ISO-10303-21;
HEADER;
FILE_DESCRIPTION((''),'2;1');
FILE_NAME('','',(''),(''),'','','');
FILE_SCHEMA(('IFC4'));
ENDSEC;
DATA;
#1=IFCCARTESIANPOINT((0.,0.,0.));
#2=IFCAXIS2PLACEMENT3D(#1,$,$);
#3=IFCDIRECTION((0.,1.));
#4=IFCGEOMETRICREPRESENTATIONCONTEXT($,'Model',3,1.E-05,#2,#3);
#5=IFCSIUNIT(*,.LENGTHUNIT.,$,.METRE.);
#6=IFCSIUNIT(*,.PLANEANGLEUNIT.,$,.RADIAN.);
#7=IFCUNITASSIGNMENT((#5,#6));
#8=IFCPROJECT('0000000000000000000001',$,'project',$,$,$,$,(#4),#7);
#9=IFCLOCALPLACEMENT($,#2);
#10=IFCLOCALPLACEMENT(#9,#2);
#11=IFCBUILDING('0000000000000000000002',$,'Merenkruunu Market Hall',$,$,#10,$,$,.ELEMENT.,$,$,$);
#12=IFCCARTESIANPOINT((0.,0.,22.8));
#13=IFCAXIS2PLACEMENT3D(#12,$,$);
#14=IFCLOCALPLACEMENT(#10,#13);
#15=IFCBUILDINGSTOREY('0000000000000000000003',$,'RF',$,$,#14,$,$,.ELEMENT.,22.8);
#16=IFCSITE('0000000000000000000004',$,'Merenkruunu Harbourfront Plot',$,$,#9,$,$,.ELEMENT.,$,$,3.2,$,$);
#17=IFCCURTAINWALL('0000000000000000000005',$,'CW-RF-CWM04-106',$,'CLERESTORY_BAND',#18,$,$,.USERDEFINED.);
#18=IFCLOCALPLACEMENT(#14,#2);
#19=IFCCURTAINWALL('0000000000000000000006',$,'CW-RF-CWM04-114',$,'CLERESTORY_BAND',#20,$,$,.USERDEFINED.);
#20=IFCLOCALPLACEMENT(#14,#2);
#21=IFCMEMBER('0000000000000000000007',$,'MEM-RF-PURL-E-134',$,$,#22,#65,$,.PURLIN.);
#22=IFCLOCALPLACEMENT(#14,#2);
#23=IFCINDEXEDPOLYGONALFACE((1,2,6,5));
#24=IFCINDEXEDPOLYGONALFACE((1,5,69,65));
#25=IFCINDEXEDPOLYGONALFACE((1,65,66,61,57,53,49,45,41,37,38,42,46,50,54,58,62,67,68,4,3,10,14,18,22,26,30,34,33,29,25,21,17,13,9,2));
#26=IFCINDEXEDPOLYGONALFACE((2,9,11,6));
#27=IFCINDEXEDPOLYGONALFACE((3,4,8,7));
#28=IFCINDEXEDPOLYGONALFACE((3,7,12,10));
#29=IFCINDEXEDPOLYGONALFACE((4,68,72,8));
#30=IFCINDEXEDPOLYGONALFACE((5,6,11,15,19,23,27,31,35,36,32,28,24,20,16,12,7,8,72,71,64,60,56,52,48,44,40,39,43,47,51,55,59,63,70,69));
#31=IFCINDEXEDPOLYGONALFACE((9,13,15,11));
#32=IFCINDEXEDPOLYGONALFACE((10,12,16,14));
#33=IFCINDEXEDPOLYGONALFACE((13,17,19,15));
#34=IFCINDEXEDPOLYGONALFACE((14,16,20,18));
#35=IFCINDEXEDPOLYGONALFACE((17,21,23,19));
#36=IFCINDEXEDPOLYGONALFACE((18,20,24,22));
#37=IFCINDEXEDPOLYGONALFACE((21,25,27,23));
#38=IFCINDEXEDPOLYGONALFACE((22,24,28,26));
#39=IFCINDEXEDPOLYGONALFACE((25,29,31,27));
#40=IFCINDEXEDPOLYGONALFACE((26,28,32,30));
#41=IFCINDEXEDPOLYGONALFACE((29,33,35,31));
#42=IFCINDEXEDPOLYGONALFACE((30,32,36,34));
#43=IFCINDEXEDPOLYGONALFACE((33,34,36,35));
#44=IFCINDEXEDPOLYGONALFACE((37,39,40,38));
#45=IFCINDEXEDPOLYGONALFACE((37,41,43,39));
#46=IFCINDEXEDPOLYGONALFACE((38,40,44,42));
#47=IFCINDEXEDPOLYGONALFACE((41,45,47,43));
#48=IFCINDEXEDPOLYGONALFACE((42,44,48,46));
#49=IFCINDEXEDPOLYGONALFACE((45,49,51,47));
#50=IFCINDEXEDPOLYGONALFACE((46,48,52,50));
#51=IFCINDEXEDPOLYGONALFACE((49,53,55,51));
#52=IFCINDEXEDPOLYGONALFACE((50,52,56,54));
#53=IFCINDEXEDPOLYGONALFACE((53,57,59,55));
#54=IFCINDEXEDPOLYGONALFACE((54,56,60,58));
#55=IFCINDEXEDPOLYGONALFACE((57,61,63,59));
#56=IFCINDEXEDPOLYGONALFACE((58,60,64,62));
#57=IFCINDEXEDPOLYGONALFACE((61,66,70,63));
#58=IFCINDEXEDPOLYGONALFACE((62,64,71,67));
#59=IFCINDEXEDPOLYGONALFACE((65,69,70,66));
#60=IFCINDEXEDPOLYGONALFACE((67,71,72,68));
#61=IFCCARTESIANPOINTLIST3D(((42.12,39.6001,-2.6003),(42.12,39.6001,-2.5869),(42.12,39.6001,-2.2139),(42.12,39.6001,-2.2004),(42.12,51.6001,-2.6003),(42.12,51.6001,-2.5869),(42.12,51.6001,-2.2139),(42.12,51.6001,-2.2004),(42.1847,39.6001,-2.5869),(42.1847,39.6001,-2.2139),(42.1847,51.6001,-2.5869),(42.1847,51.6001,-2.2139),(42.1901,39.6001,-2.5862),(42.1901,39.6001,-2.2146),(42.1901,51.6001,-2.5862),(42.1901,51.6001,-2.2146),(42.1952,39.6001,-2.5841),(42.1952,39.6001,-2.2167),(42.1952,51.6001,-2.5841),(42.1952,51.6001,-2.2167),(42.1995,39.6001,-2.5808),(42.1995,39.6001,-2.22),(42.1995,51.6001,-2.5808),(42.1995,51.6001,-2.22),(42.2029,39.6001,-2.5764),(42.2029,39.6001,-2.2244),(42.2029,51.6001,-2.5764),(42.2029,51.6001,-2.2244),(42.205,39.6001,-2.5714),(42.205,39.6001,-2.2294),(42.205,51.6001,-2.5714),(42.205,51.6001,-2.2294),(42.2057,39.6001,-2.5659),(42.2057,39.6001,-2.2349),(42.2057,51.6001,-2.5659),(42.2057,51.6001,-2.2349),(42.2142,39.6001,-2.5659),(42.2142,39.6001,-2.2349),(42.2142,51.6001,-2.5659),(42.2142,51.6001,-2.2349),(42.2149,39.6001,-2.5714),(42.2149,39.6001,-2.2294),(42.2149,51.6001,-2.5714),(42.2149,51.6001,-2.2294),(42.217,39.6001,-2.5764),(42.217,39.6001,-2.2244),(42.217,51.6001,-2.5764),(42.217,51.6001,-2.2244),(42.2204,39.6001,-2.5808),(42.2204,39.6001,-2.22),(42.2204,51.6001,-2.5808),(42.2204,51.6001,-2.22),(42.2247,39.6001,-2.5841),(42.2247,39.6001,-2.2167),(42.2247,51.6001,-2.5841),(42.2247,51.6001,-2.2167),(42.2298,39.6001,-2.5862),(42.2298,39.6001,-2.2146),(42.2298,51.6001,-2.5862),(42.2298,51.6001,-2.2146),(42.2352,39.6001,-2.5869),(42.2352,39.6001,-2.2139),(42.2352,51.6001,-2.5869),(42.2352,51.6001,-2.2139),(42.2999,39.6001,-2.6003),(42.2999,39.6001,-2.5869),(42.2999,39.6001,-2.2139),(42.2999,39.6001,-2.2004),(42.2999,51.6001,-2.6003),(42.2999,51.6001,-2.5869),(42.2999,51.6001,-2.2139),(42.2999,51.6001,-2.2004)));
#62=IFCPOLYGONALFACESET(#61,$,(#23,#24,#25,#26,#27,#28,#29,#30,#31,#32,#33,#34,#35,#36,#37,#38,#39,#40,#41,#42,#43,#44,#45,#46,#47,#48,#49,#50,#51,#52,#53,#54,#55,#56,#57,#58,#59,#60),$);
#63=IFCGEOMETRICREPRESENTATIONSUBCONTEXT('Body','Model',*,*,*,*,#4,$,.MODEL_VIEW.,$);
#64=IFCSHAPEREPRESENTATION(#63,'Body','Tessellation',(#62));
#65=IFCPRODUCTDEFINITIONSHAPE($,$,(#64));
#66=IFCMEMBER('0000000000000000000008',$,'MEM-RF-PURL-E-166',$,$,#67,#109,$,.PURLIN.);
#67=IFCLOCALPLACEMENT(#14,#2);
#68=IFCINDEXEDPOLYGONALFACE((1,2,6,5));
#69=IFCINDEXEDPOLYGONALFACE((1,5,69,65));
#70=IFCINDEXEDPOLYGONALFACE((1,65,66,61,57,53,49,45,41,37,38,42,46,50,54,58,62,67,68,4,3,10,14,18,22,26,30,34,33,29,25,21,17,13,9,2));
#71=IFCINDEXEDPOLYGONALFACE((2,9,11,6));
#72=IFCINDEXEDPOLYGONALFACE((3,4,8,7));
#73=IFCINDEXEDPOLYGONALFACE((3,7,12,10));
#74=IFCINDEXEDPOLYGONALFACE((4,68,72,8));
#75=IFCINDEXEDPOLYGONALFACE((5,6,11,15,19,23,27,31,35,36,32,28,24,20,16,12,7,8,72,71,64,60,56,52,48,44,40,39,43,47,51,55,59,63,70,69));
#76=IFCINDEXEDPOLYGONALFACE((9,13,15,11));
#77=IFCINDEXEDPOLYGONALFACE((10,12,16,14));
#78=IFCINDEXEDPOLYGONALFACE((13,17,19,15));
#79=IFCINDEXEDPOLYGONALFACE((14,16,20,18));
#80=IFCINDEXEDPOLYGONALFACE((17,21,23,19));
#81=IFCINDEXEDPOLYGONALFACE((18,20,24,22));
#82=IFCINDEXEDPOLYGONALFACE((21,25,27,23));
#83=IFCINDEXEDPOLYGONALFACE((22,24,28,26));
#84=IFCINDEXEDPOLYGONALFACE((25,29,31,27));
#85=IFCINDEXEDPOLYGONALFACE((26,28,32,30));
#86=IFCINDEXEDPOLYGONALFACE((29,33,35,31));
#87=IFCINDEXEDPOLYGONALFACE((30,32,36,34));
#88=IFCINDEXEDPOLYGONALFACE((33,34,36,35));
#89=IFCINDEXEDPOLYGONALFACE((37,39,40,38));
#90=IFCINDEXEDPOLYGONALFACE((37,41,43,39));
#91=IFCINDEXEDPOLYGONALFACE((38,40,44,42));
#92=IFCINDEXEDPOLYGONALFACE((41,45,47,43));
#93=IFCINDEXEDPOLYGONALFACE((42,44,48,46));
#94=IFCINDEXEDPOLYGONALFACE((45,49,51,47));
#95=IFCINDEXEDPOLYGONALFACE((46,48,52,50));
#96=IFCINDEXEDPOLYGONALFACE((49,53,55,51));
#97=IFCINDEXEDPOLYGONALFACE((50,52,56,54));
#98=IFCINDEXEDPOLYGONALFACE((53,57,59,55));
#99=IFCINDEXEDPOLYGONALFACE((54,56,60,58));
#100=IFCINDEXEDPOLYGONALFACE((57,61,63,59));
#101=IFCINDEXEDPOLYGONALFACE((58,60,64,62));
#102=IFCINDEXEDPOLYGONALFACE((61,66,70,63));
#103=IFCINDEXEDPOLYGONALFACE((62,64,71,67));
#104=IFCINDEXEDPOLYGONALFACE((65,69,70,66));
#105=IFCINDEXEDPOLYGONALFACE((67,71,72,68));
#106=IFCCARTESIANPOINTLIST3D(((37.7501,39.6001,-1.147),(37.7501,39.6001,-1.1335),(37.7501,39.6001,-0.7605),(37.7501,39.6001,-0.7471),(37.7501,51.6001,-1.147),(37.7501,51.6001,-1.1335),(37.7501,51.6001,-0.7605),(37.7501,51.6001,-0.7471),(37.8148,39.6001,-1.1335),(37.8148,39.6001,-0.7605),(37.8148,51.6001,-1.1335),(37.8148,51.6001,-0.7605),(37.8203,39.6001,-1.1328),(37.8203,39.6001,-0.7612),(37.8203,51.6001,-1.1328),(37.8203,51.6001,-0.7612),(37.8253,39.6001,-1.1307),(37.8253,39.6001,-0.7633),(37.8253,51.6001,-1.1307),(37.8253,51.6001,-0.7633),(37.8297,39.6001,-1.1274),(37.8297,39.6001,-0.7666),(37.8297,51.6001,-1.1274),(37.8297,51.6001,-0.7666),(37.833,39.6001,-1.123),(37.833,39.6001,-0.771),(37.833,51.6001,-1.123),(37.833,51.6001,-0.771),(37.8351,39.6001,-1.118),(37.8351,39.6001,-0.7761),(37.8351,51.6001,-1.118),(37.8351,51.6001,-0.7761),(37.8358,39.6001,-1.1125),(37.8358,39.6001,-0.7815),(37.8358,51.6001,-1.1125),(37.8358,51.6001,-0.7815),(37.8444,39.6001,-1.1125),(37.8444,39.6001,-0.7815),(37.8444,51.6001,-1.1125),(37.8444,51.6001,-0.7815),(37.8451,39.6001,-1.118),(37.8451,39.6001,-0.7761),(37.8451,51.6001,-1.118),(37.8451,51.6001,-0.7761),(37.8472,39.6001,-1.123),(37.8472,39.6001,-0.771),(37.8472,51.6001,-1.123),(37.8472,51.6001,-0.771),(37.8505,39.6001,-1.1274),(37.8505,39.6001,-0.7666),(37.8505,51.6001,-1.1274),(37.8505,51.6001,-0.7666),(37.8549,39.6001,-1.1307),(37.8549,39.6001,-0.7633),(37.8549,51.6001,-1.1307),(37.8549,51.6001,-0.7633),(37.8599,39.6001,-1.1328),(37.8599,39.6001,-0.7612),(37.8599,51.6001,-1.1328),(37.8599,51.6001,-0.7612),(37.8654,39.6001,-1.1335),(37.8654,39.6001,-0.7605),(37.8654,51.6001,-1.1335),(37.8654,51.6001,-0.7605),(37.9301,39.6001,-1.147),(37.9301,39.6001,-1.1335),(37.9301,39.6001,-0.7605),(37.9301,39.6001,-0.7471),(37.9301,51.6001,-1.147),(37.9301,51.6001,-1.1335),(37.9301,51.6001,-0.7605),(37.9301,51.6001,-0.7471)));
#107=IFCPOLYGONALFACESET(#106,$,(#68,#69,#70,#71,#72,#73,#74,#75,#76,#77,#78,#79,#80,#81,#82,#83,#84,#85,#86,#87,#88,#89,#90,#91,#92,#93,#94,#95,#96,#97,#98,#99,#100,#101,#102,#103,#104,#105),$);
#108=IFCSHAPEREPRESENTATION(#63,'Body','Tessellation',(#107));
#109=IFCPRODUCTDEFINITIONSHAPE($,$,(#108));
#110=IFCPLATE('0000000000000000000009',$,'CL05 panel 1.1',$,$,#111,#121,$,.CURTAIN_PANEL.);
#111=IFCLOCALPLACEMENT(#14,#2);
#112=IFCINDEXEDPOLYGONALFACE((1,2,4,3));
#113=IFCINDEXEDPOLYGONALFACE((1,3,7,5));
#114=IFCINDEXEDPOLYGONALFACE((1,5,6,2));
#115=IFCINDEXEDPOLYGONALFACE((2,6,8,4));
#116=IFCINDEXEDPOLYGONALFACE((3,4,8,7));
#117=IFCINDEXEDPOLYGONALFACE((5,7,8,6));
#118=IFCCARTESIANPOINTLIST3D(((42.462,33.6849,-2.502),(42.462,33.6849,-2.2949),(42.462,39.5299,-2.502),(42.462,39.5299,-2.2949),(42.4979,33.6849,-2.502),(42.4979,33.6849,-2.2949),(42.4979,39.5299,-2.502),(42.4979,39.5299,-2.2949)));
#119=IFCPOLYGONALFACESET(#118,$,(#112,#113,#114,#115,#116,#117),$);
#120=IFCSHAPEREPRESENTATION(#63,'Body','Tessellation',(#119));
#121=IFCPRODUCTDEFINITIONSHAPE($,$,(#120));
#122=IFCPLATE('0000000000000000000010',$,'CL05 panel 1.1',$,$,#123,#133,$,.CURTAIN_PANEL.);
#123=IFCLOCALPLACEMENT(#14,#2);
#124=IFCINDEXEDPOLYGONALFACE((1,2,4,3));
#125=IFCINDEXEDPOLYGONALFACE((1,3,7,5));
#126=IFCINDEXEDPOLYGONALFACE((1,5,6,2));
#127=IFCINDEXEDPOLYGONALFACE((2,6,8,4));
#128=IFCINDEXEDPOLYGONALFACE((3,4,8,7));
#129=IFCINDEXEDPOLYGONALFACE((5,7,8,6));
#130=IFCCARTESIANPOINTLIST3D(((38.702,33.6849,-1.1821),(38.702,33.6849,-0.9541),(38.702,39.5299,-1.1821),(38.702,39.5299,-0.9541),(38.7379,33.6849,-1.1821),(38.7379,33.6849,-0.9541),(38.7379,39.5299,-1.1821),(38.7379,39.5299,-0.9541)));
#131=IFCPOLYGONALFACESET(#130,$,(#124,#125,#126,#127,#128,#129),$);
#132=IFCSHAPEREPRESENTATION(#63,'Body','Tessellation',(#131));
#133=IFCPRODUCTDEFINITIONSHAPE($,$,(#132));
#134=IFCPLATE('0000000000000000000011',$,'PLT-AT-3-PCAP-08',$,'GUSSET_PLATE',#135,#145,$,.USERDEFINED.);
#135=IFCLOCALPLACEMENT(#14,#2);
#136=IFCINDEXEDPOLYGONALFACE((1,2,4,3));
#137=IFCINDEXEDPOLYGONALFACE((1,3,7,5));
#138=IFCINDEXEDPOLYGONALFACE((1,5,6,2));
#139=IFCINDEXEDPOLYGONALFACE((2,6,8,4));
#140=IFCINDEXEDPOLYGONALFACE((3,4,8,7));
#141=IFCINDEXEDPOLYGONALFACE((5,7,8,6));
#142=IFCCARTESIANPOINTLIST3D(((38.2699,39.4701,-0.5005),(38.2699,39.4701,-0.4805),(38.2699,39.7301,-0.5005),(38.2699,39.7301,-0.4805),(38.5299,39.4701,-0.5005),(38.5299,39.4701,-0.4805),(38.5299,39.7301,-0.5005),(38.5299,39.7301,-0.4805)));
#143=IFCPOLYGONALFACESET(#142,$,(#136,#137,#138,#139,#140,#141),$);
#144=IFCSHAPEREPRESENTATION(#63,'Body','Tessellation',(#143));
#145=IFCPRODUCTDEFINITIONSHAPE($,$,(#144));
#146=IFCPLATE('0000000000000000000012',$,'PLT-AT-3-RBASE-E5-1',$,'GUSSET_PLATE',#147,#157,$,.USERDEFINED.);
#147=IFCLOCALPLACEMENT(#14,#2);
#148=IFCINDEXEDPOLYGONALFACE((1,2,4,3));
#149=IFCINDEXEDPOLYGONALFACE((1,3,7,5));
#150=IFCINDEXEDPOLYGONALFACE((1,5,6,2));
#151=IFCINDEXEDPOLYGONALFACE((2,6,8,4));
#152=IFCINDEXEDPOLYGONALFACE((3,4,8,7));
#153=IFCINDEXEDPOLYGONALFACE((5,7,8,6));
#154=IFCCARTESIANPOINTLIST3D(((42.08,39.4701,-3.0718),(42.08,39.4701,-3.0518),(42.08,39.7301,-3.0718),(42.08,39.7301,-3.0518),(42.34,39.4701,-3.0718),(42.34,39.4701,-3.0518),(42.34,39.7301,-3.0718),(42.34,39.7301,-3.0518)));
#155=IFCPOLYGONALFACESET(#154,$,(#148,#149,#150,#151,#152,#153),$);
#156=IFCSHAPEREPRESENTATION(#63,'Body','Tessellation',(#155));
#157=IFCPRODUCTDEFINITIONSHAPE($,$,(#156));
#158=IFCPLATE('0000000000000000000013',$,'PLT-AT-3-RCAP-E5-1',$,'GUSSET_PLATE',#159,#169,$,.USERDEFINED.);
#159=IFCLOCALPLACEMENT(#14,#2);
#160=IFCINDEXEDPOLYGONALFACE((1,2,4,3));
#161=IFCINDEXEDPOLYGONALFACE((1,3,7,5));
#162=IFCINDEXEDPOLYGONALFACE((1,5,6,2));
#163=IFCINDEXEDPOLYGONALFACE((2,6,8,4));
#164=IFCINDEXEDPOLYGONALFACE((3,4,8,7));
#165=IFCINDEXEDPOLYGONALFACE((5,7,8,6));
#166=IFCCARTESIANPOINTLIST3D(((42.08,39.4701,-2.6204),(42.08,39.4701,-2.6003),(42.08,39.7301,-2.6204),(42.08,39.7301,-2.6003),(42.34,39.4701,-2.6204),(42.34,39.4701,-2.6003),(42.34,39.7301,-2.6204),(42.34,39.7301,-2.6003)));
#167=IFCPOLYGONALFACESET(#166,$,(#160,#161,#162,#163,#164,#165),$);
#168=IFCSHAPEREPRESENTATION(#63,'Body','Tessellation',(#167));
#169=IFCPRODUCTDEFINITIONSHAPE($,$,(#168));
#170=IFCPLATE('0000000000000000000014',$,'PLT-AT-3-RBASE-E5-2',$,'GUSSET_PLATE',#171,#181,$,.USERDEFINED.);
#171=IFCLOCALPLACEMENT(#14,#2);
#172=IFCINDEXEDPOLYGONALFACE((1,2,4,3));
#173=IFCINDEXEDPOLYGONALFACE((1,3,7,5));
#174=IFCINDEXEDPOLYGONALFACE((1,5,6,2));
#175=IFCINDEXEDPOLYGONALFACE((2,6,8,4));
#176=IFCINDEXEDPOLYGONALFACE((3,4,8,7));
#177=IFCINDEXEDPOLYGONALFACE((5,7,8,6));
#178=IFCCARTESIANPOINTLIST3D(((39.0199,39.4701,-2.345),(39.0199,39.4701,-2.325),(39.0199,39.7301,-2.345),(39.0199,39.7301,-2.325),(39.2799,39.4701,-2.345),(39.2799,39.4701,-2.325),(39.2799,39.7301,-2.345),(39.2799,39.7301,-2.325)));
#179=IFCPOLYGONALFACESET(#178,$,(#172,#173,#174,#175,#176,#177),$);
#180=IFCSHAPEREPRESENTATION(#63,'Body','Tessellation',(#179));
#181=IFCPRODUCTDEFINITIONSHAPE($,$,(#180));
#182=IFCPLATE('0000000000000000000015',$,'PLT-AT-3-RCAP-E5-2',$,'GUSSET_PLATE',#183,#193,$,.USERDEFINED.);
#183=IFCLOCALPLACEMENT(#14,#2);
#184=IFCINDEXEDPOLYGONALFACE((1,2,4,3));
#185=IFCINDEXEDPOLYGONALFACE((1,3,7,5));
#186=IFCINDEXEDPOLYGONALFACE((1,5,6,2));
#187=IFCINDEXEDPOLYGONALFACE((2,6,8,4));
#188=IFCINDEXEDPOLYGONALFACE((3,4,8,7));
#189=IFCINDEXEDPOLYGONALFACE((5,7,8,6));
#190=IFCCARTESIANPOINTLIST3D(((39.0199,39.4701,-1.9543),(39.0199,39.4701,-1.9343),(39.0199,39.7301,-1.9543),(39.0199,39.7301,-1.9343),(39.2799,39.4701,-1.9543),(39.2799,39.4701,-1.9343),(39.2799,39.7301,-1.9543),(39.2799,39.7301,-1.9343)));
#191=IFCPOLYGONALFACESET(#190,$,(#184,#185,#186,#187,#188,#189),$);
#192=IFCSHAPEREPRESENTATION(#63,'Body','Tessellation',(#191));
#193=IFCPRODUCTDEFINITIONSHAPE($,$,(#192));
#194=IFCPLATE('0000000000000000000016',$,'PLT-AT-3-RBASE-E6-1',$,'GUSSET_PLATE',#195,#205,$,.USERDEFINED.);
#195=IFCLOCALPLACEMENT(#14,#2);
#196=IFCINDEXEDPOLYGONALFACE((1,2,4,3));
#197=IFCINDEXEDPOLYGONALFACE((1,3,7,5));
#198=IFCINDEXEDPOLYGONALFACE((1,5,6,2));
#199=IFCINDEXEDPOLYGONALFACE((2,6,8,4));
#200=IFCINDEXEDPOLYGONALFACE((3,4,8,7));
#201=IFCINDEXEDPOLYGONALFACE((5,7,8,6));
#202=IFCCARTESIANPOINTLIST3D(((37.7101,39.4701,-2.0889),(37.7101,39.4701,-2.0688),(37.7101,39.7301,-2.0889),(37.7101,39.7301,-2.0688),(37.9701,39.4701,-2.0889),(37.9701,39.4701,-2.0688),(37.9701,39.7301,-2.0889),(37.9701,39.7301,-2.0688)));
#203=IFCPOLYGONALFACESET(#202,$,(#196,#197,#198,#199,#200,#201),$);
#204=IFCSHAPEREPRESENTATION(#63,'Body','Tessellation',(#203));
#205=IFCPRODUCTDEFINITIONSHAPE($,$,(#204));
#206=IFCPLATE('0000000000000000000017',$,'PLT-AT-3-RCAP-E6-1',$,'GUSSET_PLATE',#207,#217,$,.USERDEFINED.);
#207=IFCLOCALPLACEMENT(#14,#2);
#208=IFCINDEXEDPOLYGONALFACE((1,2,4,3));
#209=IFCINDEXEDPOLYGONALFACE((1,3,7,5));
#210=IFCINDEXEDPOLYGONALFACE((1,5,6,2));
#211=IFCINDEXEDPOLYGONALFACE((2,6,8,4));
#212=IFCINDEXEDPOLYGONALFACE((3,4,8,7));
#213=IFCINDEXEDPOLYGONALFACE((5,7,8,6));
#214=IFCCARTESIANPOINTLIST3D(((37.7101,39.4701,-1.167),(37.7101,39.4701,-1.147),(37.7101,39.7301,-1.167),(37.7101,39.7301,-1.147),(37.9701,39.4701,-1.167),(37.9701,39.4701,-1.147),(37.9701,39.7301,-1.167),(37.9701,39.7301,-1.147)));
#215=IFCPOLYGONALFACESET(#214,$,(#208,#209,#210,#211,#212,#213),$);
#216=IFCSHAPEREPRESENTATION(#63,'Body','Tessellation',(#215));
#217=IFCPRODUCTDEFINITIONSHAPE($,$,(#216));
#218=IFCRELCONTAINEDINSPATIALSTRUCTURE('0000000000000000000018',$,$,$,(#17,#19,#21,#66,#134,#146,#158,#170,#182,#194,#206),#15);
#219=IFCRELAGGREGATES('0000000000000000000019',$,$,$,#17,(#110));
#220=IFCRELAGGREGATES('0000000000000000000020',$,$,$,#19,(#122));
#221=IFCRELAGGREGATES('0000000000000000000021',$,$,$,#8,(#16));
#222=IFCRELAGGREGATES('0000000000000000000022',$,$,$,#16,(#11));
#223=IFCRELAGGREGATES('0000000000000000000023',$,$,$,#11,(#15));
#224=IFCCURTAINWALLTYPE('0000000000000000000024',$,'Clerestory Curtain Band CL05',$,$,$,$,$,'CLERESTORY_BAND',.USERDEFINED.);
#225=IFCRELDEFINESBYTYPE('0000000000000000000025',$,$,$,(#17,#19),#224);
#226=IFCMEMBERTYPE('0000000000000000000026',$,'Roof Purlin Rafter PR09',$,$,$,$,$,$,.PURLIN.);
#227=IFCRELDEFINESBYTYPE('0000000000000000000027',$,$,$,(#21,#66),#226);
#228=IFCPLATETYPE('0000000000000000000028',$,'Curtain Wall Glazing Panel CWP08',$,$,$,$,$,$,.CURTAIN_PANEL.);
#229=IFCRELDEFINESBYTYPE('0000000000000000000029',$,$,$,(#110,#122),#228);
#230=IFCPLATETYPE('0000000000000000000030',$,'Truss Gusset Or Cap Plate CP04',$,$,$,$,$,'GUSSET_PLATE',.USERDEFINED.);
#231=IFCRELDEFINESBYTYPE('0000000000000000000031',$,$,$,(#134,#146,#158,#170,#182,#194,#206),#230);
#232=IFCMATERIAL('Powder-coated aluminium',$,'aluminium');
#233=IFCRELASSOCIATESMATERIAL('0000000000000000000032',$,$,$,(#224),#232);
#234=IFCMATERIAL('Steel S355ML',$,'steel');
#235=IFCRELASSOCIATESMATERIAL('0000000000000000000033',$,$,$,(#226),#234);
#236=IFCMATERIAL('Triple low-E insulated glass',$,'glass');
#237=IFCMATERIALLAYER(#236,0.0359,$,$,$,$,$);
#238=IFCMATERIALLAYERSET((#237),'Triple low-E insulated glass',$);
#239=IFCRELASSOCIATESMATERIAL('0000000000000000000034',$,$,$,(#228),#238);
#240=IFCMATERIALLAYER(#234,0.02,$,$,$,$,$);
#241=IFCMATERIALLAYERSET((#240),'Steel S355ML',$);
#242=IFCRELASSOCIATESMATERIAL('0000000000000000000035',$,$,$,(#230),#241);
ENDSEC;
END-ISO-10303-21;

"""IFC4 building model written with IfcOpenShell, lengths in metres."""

from ifc_helpers import new_model, si_unit, direction, frame, origin, origin_2d, place, context, subcontext, project, spatial, rectangle, i_section, extrude, material, layer, layer_set, material_profile, profile_set, type_object, element, aggregate, save


model = new_model("IFC4")

# Units and contexts
model_context = context("Model", 3, precision=1e-05, world=origin(), true_north=direction((0.0, 1.0)))
body_context = subcontext(model_context, "Body", "Model", "MODEL_VIEW")
ifc_project = project(units=[si_unit("LENGTHUNIT", "METRE"), si_unit("PLANEANGLEUNIT", "RADIAN")], contexts=[model_context])

# Site, building, storey
site_placement = place(None, origin())
site = spatial("IfcSite", under=ifc_project, at=site_placement, Name="Merenkruunu Harbourfront Plot", CompositionType="ELEMENT", RefElevation=3.2)
building_placement = place(site_placement, origin())
building = spatial("IfcBuilding", under=site, at=building_placement, Name="Merenkruunu Market Hall", CompositionType="ELEMENT")
storey_placement = place(building_placement, frame((0.0, 0.0, 22.8)))
storey = spatial("IfcBuildingStorey", under=building, at=storey_placement, Name="RF", CompositionType="ELEMENT", Elevation=22.8)

# Shared definitions
ifc_material_1 = material(Name="Steel S355ML", Category="steel")

# Curtain wall
ifc_material_2 = material(Name="Powder-coated aluminium", Category="aluminium")
curtain_wall_type = type_object("IfcCurtainWallType", Name="Clerestory Curtain Band CL05", ElementType="CLERESTORY_BAND", PredefinedType="USERDEFINED", material=ifc_material_2)
curtain_wall_1_placement = place(storey_placement, origin())
curtain_wall_1 = element("IfcCurtainWall", 1, at=curtain_wall_1_placement, inside=storey, type_object=curtain_wall_type, Name="CW-RF-CWM04-106", ObjectType="CLERESTORY_BAND", PredefinedType="USERDEFINED")

# Curtain wall
curtain_wall_2_placement = place(storey_placement, origin())
curtain_wall_2 = element("IfcCurtainWall", 2, at=curtain_wall_2_placement, inside=storey, type_object=curtain_wall_type, Name="CW-RF-CWM04-114", ObjectType="CLERESTORY_BAND", PredefinedType="USERDEFINED")

# Members
ifc_material_profile_1 = material_profile(ifc_material_1, i_section(OverallWidth=0.1799, OverallDepth=0.3999, WebThickness=0.0085, FlangeThickness=0.0134, FilletRadius=0.021, at=origin_2d()), Name="IPE 400")
ifc_profile_set_1 = profile_set([ifc_material_profile_1], Name="Steel S355ML")
member_type_1 = type_object("IfcMemberType", Name="Roof Purlin Rafter PR09", PredefinedType="PURLIN", material=ifc_profile_set_1)
for number, where, z_axis, x_axis, name in (
    (3, (42.21, 39.6001, -2.4004), (0.0, 1.0, 0.0), (-1.0, 0.0, 0.0), "MEM-RF-PURL-E-134"),
    (4, (37.8401, 39.6001, -0.947), (0.0, 1.0, 0.0), (-1.0, 0.0, 0.0), "MEM-RF-PURL-E-166"),
):
    element("IfcMember", number, at=place(storey_placement, frame(where, z_axis=z_axis, x_axis=x_axis)), inside=storey, type_object=member_type_1, Name=name, PredefinedType="PURLIN", context=body_context, shape_type="SweptSolid", body=[
        extrude(i_section(OverallWidth=0.1799, OverallDepth=0.3999, WebThickness=0.0085, FlangeThickness=0.0134, FilletRadius=0.021, at=origin_2d()), origin(), (0.0, 0.0, 1.0), 12.0),
    ])

# Plates
ifc_material_3 = material(Name="Triple low-E insulated glass", Category="glass")
ifc_layer_1 = layer(ifc_material_3, 0.0359)
ifc_layer_set_1 = layer_set([ifc_layer_1], Name="Triple low-E insulated glass")
plate_type_1 = type_object("IfcPlateType", Name="Curtain Wall Glazing Panel CWP08", PredefinedType="CURTAIN_PANEL", material=ifc_layer_set_1)
plate_1_placement = place(storey_placement, frame((42.48, 36.6074, -2.502), z_axis=(0.0, 0.0, 1.0), x_axis=(0.0, -1.0, 0.0)))
plate_1 = element("IfcPlate", 5, at=plate_1_placement, type_object=plate_type_1, Name="CL05 panel 1.1", PredefinedType="CURTAIN_PANEL", context=body_context, shape_type="SweptSolid", body=[
    extrude(rectangle(XDim=5.845, YDim=0.0359, at=origin_2d()), origin(), (0.0, 0.0, 1.0), 0.207),
])
aggregate(curtain_wall_1, [plate_1])
plate_2_placement = place(storey_placement, frame((38.72, 36.6074, -1.1821), z_axis=(0.0, 0.0, 1.0), x_axis=(0.0, -1.0, 0.0)))
plate_2 = element("IfcPlate", 6, at=plate_2_placement, type_object=plate_type_1, Name="CL05 panel 1.1", PredefinedType="CURTAIN_PANEL", context=body_context, shape_type="SweptSolid", body=[
    extrude(rectangle(XDim=5.845, YDim=0.0359, at=origin_2d()), origin(), (0.0, 0.0, 1.0), 0.228),
])
aggregate(curtain_wall_2, [plate_2])

# Plates
ifc_layer_2 = layer(ifc_material_1, 0.02)
ifc_layer_set_2 = layer_set([ifc_layer_2], Name="Steel S355ML")
plate_type_2 = type_object("IfcPlateType", Name="Truss Gusset Or Cap Plate CP04", ElementType="GUSSET_PLATE", PredefinedType="USERDEFINED", material=ifc_layer_set_2)
for number, where, z_axis, x_axis, name in (
    (7, (38.3999, 39.6001, -0.5005), (0.0, 0.0, 1.0), (1.0, 0.0, 0.0), "PLT-AT-3-PCAP-08"),
    (8, (42.21, 39.6001, -3.0718), (0.0, 0.0, 1.0), (1.0, 0.0, 0.0), "PLT-AT-3-RBASE-E5-1"),
    (9, (42.21, 39.6001, -2.6204), (0.0, 0.0, 1.0), (1.0, 0.0, 0.0), "PLT-AT-3-RCAP-E5-1"),
    (10, (39.1499, 39.6001, -2.345), (0.0, 0.0, 1.0), (1.0, 0.0, 0.0), "PLT-AT-3-RBASE-E5-2"),
    (11, (39.1499, 39.6001, -1.9543), (0.0, 0.0, 1.0), (1.0, 0.0, 0.0), "PLT-AT-3-RCAP-E5-2"),
    (12, (37.8401, 39.6001, -2.0889), (0.0, 0.0, 1.0), (1.0, 0.0, 0.0), "PLT-AT-3-RBASE-E6-1"),
    (13, (37.8401, 39.6001, -1.167), (0.0, 0.0, 1.0), (1.0, 0.0, 0.0), "PLT-AT-3-RCAP-E6-1"),
):
    element("IfcPlate", number, at=place(storey_placement, frame(where, z_axis=z_axis, x_axis=x_axis)), inside=storey, type_object=plate_type_2, Name=name, ObjectType="GUSSET_PLATE", PredefinedType="USERDEFINED", context=body_context, shape_type="SweptSolid", body=[
        extrude(rectangle(XDim=0.26, YDim=0.26, at=origin_2d()), origin(), (0.0, 0.0, 1.0), 0.02),
    ])

save(model, "model.ifc")
